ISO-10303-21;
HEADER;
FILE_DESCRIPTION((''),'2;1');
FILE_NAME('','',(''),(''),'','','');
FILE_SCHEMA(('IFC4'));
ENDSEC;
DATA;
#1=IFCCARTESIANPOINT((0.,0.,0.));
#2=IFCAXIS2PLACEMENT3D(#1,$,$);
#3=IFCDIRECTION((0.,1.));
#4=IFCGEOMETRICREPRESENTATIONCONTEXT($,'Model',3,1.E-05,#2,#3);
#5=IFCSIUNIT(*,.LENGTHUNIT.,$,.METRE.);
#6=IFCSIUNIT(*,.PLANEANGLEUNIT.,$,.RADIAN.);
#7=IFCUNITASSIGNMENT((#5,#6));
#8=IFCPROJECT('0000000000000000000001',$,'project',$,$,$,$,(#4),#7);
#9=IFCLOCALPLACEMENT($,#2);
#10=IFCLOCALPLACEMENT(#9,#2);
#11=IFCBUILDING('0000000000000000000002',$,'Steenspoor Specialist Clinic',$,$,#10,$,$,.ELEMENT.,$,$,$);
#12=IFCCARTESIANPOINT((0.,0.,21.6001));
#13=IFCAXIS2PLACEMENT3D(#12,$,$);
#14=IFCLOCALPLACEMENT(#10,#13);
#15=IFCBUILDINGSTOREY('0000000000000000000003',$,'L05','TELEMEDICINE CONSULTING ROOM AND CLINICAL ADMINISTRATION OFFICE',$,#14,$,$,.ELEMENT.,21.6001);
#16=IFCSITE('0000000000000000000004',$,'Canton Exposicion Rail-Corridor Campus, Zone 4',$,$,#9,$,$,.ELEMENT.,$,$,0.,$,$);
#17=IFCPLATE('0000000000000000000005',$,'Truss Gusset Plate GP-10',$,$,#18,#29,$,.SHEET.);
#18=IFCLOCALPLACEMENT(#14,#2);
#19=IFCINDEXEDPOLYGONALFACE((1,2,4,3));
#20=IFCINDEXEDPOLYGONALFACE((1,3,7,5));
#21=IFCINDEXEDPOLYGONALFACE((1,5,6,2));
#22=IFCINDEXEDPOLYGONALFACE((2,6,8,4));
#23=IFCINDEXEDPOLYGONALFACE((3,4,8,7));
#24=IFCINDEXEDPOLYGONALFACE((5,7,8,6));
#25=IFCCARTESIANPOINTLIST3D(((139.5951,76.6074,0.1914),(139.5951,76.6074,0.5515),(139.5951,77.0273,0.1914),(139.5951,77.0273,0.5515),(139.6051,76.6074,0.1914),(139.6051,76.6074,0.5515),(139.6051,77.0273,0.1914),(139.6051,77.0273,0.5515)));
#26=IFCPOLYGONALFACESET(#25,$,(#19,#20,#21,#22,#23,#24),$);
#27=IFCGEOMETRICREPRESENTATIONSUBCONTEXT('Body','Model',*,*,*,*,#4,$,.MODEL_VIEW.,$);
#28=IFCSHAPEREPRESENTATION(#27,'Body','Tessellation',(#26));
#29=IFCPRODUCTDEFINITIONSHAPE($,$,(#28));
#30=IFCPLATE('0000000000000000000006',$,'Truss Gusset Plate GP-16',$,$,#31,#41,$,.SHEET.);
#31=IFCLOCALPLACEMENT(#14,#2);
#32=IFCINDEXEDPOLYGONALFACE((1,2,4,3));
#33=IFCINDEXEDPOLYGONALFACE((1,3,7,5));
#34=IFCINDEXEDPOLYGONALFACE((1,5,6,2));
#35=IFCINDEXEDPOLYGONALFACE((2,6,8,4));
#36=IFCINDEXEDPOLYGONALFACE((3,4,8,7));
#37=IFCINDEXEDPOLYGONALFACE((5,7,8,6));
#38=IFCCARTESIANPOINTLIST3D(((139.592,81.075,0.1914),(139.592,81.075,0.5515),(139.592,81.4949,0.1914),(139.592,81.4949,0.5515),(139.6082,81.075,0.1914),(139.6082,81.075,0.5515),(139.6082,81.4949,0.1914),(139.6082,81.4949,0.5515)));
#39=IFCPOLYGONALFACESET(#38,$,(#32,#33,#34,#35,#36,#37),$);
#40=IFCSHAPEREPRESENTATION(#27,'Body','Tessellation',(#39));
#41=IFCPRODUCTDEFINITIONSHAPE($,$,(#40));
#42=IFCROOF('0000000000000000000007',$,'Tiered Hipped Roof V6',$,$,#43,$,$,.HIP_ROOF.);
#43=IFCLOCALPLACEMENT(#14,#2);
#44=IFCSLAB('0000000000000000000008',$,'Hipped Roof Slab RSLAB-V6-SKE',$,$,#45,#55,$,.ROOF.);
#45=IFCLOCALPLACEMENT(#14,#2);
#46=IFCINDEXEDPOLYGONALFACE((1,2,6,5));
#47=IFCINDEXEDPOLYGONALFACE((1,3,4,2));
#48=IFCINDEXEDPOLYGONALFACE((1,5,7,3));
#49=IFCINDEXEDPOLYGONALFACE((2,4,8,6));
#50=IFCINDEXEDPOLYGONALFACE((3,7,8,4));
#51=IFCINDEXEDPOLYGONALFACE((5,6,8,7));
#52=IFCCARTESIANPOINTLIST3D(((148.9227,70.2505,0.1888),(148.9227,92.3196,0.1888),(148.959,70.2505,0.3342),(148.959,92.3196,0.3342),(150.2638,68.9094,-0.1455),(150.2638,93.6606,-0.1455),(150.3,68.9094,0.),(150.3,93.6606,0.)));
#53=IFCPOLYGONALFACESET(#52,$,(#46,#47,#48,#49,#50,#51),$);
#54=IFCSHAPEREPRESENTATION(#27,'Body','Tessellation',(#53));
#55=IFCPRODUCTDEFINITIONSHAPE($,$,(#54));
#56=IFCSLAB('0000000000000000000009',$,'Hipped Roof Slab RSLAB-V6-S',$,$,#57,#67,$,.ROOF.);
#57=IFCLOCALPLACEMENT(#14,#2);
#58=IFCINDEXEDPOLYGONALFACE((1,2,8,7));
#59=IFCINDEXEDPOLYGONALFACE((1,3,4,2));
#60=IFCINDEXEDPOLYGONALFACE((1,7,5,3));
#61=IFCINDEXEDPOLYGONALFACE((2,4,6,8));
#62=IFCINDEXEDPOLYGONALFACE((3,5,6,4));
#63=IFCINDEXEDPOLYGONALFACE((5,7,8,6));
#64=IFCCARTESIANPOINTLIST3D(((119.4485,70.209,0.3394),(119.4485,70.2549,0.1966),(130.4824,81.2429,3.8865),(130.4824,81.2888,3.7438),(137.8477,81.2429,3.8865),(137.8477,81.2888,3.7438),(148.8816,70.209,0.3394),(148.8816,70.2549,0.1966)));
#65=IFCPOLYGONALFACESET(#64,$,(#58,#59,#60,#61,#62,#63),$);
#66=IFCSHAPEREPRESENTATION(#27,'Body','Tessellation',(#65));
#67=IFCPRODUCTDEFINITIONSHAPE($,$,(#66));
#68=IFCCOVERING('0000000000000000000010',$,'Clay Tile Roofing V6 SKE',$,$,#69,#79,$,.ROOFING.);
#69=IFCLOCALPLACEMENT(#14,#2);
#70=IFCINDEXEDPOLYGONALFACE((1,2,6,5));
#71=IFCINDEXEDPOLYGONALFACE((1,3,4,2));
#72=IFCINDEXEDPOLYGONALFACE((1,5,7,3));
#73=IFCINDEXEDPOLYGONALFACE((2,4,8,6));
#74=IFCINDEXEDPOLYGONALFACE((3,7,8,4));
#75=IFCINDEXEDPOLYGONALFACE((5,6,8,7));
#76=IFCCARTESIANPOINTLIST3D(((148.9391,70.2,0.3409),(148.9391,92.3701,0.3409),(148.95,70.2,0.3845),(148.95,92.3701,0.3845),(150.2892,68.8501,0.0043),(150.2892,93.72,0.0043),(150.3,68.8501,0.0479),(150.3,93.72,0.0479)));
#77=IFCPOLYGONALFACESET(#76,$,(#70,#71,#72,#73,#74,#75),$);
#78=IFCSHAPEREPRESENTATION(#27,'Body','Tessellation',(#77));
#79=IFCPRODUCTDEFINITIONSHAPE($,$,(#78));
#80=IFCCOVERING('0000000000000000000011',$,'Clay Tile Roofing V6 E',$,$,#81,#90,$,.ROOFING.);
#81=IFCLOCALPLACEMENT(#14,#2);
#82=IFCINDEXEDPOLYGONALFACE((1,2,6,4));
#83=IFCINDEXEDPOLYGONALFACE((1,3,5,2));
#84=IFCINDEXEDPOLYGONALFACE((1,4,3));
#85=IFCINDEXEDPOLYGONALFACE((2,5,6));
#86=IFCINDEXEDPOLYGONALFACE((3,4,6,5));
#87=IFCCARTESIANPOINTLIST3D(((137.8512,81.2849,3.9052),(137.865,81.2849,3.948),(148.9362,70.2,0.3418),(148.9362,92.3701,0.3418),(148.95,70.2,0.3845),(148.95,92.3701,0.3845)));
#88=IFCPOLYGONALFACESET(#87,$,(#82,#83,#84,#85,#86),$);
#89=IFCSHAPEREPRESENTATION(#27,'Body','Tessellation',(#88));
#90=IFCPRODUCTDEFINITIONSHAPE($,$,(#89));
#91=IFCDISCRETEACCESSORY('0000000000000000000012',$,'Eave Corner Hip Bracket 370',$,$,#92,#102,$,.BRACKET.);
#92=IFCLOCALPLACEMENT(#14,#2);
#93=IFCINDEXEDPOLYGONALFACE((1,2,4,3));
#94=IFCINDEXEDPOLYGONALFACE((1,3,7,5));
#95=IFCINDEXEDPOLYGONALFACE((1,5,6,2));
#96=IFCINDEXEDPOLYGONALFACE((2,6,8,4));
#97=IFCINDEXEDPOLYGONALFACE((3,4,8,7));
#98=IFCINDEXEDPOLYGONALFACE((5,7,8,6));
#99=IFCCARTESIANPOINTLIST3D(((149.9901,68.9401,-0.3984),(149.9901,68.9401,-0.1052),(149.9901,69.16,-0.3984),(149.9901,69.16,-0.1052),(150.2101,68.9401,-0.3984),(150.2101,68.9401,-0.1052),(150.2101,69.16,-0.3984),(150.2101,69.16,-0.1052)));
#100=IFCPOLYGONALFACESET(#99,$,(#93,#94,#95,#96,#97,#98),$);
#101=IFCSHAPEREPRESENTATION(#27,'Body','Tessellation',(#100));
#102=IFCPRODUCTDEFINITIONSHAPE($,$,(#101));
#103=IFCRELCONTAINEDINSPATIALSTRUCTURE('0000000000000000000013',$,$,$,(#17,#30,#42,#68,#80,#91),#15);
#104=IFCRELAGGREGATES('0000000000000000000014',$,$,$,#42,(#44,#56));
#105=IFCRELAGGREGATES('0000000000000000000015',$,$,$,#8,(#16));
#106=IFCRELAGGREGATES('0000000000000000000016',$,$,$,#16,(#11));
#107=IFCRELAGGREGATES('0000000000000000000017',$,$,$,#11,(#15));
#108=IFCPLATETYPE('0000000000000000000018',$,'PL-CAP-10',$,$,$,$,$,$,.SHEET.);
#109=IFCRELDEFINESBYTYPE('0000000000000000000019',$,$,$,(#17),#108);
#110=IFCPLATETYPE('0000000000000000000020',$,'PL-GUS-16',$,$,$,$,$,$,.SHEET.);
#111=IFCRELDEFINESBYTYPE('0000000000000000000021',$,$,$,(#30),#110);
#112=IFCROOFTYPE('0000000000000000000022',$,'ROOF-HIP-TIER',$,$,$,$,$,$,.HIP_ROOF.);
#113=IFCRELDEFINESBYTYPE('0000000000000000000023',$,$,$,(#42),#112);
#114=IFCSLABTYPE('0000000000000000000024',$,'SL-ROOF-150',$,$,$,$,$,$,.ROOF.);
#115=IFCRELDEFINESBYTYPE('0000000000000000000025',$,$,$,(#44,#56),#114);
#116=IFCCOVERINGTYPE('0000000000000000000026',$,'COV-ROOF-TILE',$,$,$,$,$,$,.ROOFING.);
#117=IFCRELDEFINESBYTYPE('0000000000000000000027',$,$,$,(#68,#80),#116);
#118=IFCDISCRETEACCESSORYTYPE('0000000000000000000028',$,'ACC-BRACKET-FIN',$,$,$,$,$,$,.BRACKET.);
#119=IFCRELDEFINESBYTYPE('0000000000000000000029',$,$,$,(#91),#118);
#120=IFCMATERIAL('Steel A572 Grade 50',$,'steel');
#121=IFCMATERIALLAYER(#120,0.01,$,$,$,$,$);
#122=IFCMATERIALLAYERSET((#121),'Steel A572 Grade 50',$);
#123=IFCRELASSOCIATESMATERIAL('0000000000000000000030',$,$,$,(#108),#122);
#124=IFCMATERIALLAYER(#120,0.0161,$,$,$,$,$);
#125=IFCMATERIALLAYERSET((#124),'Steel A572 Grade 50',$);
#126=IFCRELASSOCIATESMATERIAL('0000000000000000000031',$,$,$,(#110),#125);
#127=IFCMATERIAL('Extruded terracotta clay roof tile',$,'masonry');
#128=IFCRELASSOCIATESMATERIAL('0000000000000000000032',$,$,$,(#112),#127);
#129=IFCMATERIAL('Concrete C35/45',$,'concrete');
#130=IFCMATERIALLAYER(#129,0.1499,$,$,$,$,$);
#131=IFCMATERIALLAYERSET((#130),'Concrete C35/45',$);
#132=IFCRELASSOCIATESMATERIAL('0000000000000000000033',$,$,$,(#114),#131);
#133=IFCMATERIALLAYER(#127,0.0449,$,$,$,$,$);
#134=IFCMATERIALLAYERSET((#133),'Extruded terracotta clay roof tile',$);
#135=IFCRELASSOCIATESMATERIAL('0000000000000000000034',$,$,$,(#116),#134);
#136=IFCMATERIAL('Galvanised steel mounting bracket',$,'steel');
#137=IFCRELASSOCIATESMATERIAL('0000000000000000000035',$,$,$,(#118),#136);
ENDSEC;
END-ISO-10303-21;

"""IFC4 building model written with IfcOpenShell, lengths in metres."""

from ifc_helpers import new_model, si_unit, direction, frame, origin, origin_2d, place, context, subcontext, project, spatial, polyline, rectangle, outline, extrude, material, layer, layer_set, type_object, element, aggregate, save


model = new_model("IFC4")

# Units and contexts
model_context = context("Model", 3, precision=1e-05, world=origin(), true_north=direction((0.0, 1.0)))
body_context = subcontext(model_context, "Body", "Model", "MODEL_VIEW")
ifc_project = project(units=[si_unit("LENGTHUNIT", "METRE"), si_unit("PLANEANGLEUNIT", "RADIAN")], contexts=[model_context])

# Site, building, storey
site_placement = place(None, origin())
site = spatial("IfcSite", under=ifc_project, at=site_placement, Name="Canton Exposicion Rail-Corridor Campus, Zone 4", CompositionType="ELEMENT", RefElevation=0.0)
building_placement = place(site_placement, origin())
building = spatial("IfcBuilding", under=site, at=building_placement, Name="Steenspoor Specialist Clinic", CompositionType="ELEMENT")
storey_placement = place(building_placement, frame((0.0, 0.0, 21.6001)))
storey = spatial("IfcBuildingStorey", under=building, at=storey_placement, Name="L05", Description="TELEMEDICINE CONSULTING ROOM AND CLINICAL ADMINISTRATION OFFICE", CompositionType="ELEMENT", Elevation=21.6001)

# Plates
ifc_material_1 = material(Name="Steel A572 Grade 50", Category="steel")
ifc_layer_1 = layer(ifc_material_1, 0.01)
ifc_layer_set_1 = layer_set([ifc_layer_1], Name="Steel A572 Grade 50")
plate_type_1 = type_object("IfcPlateType", Name="PL-CAP-10", PredefinedType="SHEET", material=ifc_layer_set_1)
plate_1_placement = place(storey_placement, frame((139.6001, 76.8174, 0.1914), z_axis=(0.0, 0.0, 1.0), x_axis=(1.0, 0.0, 0.0)))
element("IfcPlate", 1, at=plate_1_placement, inside=storey, type_object=plate_type_1, Name="Truss Gusset Plate GP-10", PredefinedType="SHEET", context=body_context, shape_type="SweptSolid", body=[
    extrude(rectangle(XDim=0.01, YDim=0.4199, at=origin_2d()), origin(), (0.0, 0.0, 1.0), 0.3601),
])
ifc_layer_2 = layer(ifc_material_1, 0.0161)
ifc_layer_set_2 = layer_set([ifc_layer_2], Name="Steel A572 Grade 50")
plate_type_2 = type_object("IfcPlateType", Name="PL-GUS-16", PredefinedType="SHEET", material=ifc_layer_set_2)
plate_2_placement = place(storey_placement, frame((139.6001, 81.2849, 0.1914), z_axis=(0.0, 0.0, 1.0), x_axis=(1.0, 0.0, 0.0)))
element("IfcPlate", 2, at=plate_2_placement, inside=storey, type_object=plate_type_2, Name="Truss Gusset Plate GP-16", PredefinedType="SHEET", context=body_context, shape_type="SweptSolid", body=[
    extrude(rectangle(XDim=0.0161, YDim=0.4199, at=origin_2d()), origin(), (0.0, 0.0, 1.0), 0.3601),
])

# Roof, slabs
ifc_material_2 = material(Name="Extruded terracotta clay roof tile", Category="masonry")
roof_type = type_object("IfcRoofType", Name="ROOF-HIP-TIER", PredefinedType="HIP_ROOF", material=ifc_material_2)
roof_placement = place(storey_placement, origin())
roof = element("IfcRoof", 3, at=roof_placement, inside=storey, type_object=roof_type, Name="Tiered Hipped Roof V6", PredefinedType="HIP_ROOF")
ifc_material_3 = material(Name="Concrete C35/45", Category="concrete")
ifc_layer_3 = layer(ifc_material_3, 0.1499)
ifc_layer_set_3 = layer_set([ifc_layer_3], Name="Concrete C35/45")
slab_type = type_object("IfcSlabType", Name="SL-ROOF-150", PredefinedType="ROOF", material=ifc_layer_set_3)
slab_1_placement = place(storey_placement, frame((148.959, 70.2505, 0.3342), z_axis=(0.241829, 0.0, 0.970319), x_axis=(0.696376, -0.696376, -0.173555)))
slab_1 = element("IfcSlab", 4, at=slab_1_placement, type_object=slab_type, Name="Hipped Roof Slab RSLAB-V6-SKE", PredefinedType="ROOF", context=body_context, shape_type="SweptSolid", body=[
    extrude(outline(polyline([(0.0, 0.0), (1.9258, 0.0), (-15.3104, 17.7634), (-15.3684, 15.8385), (0.0, 0.0)])), origin(), (0.0, 0.0, -1.0), 0.1499),
])
slab_2_placement = place(storey_placement, frame((148.8816, 70.209, 0.3394), z_axis=(0.0, -0.306048, 0.952016), x_axis=(-0.689517, 0.689517, 0.221661)))
slab_2 = element("IfcSlab", 5, at=slab_2_placement, type_object=slab_type, Name="Hipped Roof Slab RSLAB-V6-S", PredefinedType="ROOF", context=body_context, shape_type="SweptSolid", body=[
    extrude(outline(polyline([(0.0, 0.0), (16.0024, 0.0), (21.0809, 5.3344), (20.2946, 21.3175), (0.0, 0.0)])), origin(), (0.0, 0.0, -1.0), 0.1499),
])
aggregate(roof, [slab_1, slab_2])

# Coverings
ifc_layer_4 = layer(ifc_material_2, 0.0449)
ifc_layer_set_4 = layer_set([ifc_layer_4], Name="Extruded terracotta clay roof tile")
covering_type = type_object("IfcCoveringType", Name="COV-ROOF-TILE", PredefinedType="ROOFING", material=ifc_layer_set_4)
covering_1_placement = place(storey_placement, frame((150.3, 68.8501, 0.0479), z_axis=(0.241958, 0.0, 0.970287), x_axis=(0.0, 1.0, 0.0)))
element("IfcCovering", 6, at=covering_1_placement, inside=storey, type_object=covering_type, Name="Clay Tile Roofing V6 SKE", PredefinedType="ROOFING", context=body_context, shape_type="SweptSolid", body=[
    extrude(outline(polyline([(0.0, 0.0), (24.8699, 0.0), (23.52, 1.3914), (1.3499, 1.3914), (0.0, 0.0)])), origin(), (0.0, 0.0, -1.0), 0.0449),
])
covering_2_placement = place(storey_placement, frame((148.95, 70.2, 0.3845), z_axis=(0.306044, 0.0, 0.952017), x_axis=(0.0, 1.0, 0.0)))
element("IfcCovering", 7, at=covering_2_placement, inside=storey, type_object=covering_type, Name="Clay Tile Roofing V6 E", PredefinedType="ROOFING", context=body_context, shape_type="SweptSolid", body=[
    extrude(outline(polyline([(0.0, 0.0), (22.1702, 0.0), (11.085, 11.6437), (0.0, 0.0)])), origin(), (0.0, 0.0, -1.0), 0.0449),
])

# Discrete accessory
ifc_material_4 = material(Name="Galvanised steel mounting bracket", Category="steel")
discrete_accessory_type = type_object("IfcDiscreteAccessoryType", Name="ACC-BRACKET-FIN", PredefinedType="BRACKET", material=ifc_material_4)
discrete_accessory_placement = place(storey_placement, frame((150.1001, 69.05, -0.3984), z_axis=(0.0, 0.0, 1.0), x_axis=(1.0, 0.0, 0.0)))
element("IfcDiscreteAccessory", 8, at=discrete_accessory_placement, inside=storey, type_object=discrete_accessory_type, Name="Eave Corner Hip Bracket 370", PredefinedType="BRACKET", context=body_context, shape_type="SweptSolid", body=[
    extrude(rectangle(XDim=0.22, YDim=0.22, at=origin_2d()), origin(), (0.0, 0.0, 1.0), 0.2932),
])

save(model, "model.ifc")
